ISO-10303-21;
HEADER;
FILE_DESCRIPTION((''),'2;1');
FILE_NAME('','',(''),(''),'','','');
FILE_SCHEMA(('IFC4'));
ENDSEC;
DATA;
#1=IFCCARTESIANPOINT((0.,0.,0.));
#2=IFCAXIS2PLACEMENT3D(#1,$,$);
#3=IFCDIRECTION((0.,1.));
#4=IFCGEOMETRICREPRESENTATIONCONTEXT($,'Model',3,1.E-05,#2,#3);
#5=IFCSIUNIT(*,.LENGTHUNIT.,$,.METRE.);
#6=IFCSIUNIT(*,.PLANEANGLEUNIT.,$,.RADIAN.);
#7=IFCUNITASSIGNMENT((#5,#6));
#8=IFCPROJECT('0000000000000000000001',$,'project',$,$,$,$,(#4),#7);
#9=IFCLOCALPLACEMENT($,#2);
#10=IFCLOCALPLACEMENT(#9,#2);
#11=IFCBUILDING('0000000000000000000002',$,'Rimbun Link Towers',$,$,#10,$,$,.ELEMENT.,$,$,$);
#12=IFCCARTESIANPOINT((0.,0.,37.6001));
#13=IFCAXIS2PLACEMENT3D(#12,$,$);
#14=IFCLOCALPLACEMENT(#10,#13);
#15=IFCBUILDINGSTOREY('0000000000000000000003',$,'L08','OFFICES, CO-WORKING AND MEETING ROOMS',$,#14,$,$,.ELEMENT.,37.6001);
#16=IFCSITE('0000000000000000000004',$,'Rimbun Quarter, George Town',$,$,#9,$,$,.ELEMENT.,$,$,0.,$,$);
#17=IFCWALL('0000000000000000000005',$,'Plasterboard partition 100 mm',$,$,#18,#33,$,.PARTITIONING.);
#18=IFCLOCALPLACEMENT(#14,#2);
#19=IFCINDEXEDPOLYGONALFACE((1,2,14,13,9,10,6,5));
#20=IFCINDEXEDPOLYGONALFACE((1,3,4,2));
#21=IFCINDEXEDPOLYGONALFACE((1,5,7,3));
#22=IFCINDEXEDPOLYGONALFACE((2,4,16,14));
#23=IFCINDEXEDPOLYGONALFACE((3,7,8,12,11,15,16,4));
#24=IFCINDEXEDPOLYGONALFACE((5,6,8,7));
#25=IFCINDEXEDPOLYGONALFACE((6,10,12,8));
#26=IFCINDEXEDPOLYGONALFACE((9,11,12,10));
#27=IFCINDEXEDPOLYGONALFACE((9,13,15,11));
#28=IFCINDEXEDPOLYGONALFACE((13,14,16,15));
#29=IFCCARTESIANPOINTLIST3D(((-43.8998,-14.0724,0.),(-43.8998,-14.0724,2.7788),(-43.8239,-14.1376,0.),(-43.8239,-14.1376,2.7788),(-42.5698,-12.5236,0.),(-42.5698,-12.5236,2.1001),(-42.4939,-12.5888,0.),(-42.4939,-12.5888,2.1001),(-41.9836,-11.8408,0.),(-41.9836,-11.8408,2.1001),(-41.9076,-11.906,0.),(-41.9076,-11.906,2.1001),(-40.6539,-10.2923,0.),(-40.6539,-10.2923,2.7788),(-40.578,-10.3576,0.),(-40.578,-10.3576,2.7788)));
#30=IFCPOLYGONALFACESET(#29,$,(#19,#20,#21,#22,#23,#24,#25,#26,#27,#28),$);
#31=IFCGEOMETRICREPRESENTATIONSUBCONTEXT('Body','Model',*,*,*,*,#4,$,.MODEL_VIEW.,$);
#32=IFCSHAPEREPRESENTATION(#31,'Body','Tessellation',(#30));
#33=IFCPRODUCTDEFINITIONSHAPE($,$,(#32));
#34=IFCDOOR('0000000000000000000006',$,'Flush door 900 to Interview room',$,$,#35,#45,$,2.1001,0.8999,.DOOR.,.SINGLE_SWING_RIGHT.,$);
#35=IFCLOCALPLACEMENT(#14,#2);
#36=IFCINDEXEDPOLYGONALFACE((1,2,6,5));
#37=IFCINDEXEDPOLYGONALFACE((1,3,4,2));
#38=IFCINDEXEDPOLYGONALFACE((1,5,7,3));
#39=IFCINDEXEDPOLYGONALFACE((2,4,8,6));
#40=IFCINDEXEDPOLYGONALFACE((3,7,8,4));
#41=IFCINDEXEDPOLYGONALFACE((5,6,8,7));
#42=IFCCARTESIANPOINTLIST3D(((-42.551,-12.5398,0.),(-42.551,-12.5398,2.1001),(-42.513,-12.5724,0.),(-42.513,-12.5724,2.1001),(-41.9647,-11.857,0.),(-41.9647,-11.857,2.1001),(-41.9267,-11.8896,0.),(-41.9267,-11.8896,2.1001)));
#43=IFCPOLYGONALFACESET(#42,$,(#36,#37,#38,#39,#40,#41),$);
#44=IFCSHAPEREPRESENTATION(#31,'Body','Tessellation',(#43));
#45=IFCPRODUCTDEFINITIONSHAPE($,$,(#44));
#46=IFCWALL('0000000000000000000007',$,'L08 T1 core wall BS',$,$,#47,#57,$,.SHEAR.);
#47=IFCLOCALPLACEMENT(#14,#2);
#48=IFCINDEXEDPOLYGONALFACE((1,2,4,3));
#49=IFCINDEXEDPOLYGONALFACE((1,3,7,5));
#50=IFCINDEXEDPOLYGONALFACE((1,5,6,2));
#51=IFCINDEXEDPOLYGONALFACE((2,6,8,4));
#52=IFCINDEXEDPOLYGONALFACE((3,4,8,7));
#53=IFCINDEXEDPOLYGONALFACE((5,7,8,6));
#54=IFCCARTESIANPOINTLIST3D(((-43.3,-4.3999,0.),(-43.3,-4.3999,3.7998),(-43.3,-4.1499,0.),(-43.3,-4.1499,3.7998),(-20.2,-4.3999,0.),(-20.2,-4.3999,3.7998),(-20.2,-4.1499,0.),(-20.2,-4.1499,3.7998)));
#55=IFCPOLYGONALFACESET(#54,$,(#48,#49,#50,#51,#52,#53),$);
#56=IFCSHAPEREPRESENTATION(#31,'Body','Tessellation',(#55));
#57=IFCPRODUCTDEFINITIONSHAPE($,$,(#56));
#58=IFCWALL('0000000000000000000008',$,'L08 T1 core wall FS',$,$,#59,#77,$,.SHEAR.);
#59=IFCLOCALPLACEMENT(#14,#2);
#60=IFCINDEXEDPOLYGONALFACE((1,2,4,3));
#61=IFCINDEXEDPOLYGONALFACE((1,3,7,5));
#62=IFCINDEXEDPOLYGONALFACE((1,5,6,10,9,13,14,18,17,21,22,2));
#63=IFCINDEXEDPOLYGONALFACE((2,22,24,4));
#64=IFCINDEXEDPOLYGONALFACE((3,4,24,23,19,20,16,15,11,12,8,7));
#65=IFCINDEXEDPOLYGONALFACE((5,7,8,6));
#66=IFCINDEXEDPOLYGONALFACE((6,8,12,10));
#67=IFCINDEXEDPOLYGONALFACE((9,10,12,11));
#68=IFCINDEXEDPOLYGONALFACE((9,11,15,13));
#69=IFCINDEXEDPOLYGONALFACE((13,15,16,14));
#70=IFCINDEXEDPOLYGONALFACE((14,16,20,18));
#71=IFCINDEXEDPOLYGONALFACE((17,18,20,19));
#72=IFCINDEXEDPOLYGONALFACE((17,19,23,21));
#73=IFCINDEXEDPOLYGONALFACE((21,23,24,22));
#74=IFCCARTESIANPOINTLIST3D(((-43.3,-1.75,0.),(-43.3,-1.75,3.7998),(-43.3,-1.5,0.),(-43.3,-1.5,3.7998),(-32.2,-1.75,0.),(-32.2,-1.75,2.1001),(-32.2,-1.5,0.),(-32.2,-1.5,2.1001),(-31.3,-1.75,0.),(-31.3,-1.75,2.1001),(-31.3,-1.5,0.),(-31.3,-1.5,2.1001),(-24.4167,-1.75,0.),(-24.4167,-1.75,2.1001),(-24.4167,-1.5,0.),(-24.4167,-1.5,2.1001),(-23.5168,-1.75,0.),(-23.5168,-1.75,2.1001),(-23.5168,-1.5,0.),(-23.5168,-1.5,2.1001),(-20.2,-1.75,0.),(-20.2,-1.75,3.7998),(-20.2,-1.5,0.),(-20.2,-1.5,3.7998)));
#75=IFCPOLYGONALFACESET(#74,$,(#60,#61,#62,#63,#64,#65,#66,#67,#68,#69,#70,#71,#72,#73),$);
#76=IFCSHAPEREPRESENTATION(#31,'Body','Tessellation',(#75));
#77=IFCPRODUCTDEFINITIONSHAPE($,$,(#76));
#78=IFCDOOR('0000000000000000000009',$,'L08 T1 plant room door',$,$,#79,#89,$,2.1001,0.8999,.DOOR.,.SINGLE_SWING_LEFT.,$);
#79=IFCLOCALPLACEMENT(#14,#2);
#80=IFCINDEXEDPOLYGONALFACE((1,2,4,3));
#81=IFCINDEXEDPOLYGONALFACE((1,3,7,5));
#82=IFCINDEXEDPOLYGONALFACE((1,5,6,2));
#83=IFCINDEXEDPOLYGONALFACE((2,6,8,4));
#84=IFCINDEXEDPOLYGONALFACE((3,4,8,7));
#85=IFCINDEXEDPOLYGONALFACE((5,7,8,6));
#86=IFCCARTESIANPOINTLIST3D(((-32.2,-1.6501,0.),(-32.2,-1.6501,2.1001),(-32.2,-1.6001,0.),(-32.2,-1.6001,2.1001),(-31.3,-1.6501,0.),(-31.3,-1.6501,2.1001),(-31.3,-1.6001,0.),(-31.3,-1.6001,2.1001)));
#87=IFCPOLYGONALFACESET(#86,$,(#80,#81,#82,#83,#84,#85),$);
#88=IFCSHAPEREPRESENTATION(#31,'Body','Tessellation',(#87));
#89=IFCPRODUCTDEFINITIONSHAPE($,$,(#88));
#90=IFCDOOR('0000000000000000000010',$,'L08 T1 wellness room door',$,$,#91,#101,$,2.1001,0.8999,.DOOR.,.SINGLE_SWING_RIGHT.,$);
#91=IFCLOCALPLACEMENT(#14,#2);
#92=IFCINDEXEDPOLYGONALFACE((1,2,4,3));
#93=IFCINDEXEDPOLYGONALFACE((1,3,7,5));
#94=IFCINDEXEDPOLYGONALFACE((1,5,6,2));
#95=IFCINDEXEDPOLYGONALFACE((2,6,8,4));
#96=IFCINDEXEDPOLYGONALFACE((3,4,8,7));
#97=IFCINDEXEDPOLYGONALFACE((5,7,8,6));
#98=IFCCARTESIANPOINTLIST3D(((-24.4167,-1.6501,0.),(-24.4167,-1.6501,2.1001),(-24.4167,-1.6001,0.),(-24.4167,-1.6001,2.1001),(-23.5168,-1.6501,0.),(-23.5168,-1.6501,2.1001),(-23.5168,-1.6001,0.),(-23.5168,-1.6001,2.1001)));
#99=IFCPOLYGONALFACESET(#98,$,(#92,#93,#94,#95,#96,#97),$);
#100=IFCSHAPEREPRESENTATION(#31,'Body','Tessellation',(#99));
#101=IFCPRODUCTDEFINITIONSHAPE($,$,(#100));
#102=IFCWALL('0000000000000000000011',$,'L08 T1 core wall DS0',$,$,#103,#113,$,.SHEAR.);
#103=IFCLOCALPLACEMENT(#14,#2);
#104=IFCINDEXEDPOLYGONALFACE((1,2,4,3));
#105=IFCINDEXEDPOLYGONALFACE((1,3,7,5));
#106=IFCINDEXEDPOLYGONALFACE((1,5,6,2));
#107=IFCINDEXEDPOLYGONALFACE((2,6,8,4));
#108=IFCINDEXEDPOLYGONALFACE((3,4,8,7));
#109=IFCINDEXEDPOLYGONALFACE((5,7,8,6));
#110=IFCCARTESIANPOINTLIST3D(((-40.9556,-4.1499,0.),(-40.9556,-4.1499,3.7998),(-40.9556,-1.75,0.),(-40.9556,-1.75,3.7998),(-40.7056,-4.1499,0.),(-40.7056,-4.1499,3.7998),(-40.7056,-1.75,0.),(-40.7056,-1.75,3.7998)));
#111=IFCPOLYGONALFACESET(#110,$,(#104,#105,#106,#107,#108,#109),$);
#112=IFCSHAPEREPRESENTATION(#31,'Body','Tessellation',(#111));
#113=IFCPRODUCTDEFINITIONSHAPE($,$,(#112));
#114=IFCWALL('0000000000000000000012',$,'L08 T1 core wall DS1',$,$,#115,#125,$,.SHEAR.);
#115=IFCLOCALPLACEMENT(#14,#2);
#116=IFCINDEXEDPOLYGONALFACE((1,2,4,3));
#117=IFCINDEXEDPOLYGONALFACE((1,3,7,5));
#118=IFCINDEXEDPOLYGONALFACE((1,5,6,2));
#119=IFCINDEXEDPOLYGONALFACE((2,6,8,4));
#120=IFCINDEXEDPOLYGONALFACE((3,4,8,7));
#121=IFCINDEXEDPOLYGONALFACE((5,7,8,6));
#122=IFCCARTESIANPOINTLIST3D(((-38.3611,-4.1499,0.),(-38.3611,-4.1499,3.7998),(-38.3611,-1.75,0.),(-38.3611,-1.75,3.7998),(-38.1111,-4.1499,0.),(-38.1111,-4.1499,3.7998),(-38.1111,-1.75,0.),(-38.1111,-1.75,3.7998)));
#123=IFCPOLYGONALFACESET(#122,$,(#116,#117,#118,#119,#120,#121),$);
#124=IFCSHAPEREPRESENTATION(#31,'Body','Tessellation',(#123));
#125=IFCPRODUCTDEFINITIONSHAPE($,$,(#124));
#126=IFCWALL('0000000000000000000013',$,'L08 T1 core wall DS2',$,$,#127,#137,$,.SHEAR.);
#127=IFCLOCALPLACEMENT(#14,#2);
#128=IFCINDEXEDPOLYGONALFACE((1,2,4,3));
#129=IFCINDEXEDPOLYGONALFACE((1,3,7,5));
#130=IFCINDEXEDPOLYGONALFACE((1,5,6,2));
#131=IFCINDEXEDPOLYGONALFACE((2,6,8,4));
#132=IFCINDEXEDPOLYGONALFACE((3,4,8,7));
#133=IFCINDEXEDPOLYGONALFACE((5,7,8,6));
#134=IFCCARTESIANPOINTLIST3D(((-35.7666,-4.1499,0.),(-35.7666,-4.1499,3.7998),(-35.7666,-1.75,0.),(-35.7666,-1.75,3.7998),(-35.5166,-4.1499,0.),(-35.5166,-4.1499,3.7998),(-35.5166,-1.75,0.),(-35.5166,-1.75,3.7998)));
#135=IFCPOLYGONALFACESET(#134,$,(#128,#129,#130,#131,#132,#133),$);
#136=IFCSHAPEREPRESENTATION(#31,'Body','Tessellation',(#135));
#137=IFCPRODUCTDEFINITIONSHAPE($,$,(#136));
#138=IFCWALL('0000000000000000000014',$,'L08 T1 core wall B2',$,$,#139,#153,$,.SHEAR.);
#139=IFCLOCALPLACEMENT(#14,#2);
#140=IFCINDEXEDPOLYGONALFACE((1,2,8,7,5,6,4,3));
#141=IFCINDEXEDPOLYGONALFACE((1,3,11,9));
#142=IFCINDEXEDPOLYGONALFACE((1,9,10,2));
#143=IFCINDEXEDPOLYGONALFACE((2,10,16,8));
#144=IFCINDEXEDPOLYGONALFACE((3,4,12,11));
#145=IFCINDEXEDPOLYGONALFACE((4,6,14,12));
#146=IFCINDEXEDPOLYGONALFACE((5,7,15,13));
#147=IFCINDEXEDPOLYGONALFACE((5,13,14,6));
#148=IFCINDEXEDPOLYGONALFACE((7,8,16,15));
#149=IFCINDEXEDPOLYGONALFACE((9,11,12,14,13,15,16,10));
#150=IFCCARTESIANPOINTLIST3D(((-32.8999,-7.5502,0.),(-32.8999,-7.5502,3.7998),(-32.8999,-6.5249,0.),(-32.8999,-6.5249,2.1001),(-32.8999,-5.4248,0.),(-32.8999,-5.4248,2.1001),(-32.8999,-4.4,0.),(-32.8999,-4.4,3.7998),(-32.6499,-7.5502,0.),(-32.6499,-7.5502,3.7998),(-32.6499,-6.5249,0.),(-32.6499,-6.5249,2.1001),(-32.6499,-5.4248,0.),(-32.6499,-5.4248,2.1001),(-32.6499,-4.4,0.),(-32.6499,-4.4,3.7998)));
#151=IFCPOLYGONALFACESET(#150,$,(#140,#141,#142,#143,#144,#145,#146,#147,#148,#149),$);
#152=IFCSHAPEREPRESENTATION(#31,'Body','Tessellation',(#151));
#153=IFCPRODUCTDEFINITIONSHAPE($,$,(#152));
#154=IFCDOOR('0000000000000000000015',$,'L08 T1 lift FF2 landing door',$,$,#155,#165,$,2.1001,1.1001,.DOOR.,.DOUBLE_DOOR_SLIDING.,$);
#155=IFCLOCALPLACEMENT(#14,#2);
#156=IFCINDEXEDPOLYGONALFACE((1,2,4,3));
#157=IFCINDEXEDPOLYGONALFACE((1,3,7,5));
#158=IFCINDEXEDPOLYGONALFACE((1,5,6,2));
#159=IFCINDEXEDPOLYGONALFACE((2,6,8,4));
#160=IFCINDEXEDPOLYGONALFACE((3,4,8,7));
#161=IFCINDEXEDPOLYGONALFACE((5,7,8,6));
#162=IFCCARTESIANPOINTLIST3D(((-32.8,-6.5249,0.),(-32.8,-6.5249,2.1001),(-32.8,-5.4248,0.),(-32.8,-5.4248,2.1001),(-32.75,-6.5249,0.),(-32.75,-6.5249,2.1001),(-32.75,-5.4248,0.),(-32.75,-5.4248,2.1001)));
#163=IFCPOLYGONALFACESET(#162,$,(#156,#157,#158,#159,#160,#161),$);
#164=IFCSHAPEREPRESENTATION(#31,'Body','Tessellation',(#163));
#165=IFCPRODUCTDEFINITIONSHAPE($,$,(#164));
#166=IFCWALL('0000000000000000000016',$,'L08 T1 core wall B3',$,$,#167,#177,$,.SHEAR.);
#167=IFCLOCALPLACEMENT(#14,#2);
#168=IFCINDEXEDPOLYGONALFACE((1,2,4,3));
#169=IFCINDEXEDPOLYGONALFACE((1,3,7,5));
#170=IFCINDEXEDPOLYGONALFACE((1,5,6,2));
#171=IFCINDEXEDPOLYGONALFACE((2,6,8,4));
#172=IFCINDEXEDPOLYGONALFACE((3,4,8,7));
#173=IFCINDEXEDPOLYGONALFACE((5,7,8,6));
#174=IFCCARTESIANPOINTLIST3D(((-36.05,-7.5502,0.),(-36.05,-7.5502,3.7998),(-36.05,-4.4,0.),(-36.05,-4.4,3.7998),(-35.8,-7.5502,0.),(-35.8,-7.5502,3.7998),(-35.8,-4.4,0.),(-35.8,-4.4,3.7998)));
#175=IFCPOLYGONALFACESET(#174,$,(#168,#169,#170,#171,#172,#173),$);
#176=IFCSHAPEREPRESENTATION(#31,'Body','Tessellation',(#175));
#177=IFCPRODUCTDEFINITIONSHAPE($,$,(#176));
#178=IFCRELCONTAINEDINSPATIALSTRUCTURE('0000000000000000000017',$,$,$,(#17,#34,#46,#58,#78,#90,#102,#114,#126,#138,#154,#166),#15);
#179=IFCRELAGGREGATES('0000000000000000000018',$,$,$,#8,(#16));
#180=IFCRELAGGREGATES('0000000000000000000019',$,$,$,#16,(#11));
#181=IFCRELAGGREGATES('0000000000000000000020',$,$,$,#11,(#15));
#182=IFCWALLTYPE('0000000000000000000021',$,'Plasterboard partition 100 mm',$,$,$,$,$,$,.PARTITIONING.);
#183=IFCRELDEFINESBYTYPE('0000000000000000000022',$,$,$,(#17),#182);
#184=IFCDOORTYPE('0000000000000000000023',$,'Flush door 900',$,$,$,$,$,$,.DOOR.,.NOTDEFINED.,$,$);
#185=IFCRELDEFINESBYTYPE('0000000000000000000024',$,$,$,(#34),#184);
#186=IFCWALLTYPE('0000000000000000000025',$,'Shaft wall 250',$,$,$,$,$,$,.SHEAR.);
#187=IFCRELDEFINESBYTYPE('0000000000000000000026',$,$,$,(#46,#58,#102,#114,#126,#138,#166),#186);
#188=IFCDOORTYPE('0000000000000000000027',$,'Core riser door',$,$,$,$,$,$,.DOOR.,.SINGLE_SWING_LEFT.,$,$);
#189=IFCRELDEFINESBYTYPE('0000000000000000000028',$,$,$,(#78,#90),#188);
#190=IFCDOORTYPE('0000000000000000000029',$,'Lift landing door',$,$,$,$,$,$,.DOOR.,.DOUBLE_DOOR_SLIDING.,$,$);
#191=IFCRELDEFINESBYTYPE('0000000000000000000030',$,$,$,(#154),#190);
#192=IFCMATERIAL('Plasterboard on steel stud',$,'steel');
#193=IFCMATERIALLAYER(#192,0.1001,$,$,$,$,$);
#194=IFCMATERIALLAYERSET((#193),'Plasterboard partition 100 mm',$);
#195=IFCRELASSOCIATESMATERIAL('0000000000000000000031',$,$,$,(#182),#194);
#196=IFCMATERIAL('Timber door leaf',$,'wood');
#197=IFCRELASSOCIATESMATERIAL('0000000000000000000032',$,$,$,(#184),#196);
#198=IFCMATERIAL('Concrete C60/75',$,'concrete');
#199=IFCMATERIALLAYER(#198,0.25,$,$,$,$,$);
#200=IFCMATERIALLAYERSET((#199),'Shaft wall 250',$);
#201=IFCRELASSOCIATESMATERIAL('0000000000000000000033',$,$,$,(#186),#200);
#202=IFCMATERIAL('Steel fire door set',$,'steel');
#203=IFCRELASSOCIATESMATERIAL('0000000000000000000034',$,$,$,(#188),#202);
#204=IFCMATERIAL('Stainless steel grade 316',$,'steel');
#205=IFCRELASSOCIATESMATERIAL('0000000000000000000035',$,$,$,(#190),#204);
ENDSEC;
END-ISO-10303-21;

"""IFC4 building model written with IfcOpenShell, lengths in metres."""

from ifc_helpers import new_model, si_unit, direction, frame, frame_2d, origin, place, context, subcontext, project, spatial, rectangle, extrude, material, layer, layer_set, type_object, element, fill, save


model = new_model("IFC4")

# Units and contexts
model_context = context("Model", 3, precision=1e-05, world=origin(), true_north=direction((0.0, 1.0)))
body_context = subcontext(model_context, "Body", "Model", "MODEL_VIEW")
ifc_project = project(units=[si_unit("LENGTHUNIT", "METRE"), si_unit("PLANEANGLEUNIT", "RADIAN")], contexts=[model_context])

# Site, building, storey
site_placement = place(None, origin())
site = spatial("IfcSite", under=ifc_project, at=site_placement, Name="Rimbun Quarter, George Town", CompositionType="ELEMENT", RefElevation=0.0)
building_placement = place(site_placement, origin())
building = spatial("IfcBuilding", under=site, at=building_placement, Name="Rimbun Link Towers", CompositionType="ELEMENT")
storey_placement = place(building_placement, frame((0.0, 0.0, 37.6001)))
storey = spatial("IfcBuildingStorey", under=building, at=storey_placement, Name="L08", Description="OFFICES, CO-WORKING AND MEETING ROOMS", CompositionType="ELEMENT", Elevation=37.6001)

# Wall, opening, door
ifc_material_1 = material(Name="Plasterboard on steel stud", Category="steel")
ifc_layer_1 = layer(ifc_material_1, 0.1001)
ifc_layer_set_1 = layer_set([ifc_layer_1], Name="Plasterboard partition 100 mm")
wall_type_1 = type_object("IfcWallType", Name="Plasterboard partition 100 mm", PredefinedType="PARTITIONING", material=ifc_layer_set_1)
wall_1_placement = place(storey_placement, frame((-40.616, -10.325, 0.0), z_axis=(0.0, 0.0, 1.0), x_axis=(-0.651465, -0.758679, 0.0)))
wall_1 = element("IfcWall", 1, at=wall_1_placement, inside=storey, type_object=wall_type_1, Name="Plasterboard partition 100 mm", PredefinedType="PARTITIONING", context=body_context, shape_type="SweptSolid", body=[
    extrude(rectangle(XDim=4.9824, YDim=0.1001, at=frame_2d((2.4912, 0.0))), origin(), (0.0, 0.0, 1.0), 2.7788),
])
opening_1_placement = place(wall_1_placement, frame((2.041, 0.0, 0.0)))
opening_1 = element("IfcOpeningElement", 2, at=opening_1_placement, cuts=wall_1, PredefinedType="OPENING", context=body_context, shape_type="SweptSolid", body=[
    extrude(rectangle(XDim=0.8999, YDim=2.1001, at=frame_2d((0.45, 1.05))), frame((0.0, 0.0601, 0.0), z_axis=(0.0, -1.0, 0.0), x_axis=(1.0, 0.0, 0.0)), (0.0, 0.0, 1.0), 0.1201),
])
ifc_material_2 = material(Name="Timber door leaf", Category="wood")
door_type_1 = type_object("IfcDoorType", Name="Flush door 900", OperationType="NOTDEFINED", PredefinedType="DOOR", material=ifc_material_2)
door_1_placement = place(opening_1_placement, origin())
door_1 = element("IfcDoor", 3, at=door_1_placement, inside=storey, type_object=door_type_1, Name="Flush door 900 to Interview room", OperationType="SINGLE_SWING_RIGHT", OverallHeight=2.1001, OverallWidth=0.8999, PredefinedType="DOOR", context=body_context, shape_type="SweptSolid", body=[
    extrude(rectangle(XDim=0.8999, YDim=2.1001, at=frame_2d((0.45, 1.05))), frame((0.0, 0.0249, 0.0), z_axis=(0.0, -1.0, 0.0), x_axis=(1.0, 0.0, 0.0)), (0.0, 0.0, 1.0), 0.05),
])
fill(opening_1, door_1)

# Wall
ifc_material_3 = material(Name="Concrete C60/75", Category="concrete")
ifc_layer_2 = layer(ifc_material_3, 0.25)
ifc_layer_set_2 = layer_set([ifc_layer_2], Name="Shaft wall 250")
wall_type_2 = type_object("IfcWallType", Name="Shaft wall 250", PredefinedType="SHEAR", material=ifc_layer_set_2)
wall_2_placement = place(storey_placement, frame((-43.3, -4.2749, 0.0), z_axis=(0.0, 0.0, 1.0), x_axis=(1.0, 0.0, 0.0)))
element("IfcWall", 4, at=wall_2_placement, inside=storey, type_object=wall_type_2, Name="L08 T1 core wall BS", PredefinedType="SHEAR", context=body_context, shape_type="SweptSolid", body=[
    extrude(rectangle(XDim=23.1001, YDim=0.25, at=frame_2d((11.55, 0.0))), origin(), (0.0, 0.0, 1.0), 3.7998),
])

# Wall, openings, doors
wall_3_placement = place(storey_placement, frame((-43.3, -1.625, 0.0), z_axis=(0.0, 0.0, 1.0), x_axis=(1.0, 0.0, 0.0)))
wall_3 = element("IfcWall", 5, at=wall_3_placement, inside=storey, type_object=wall_type_2, Name="L08 T1 core wall FS", PredefinedType="SHEAR", context=body_context, shape_type="SweptSolid", body=[
    extrude(rectangle(XDim=23.1001, YDim=0.25, at=frame_2d((11.55, 0.0))), origin(), (0.0, 0.0, 1.0), 3.7998),
])
opening_2_placement = place(wall_3_placement, frame((11.1001, 0.0, 0.0)))
opening_2 = element("IfcOpeningElement", 6, at=opening_2_placement, cuts=wall_3, PredefinedType="OPENING", context=body_context, shape_type="SweptSolid", body=[
    extrude(rectangle(XDim=0.8999, YDim=2.1001, at=frame_2d((0.45, 1.05))), frame((0.0, 0.135, 0.0), z_axis=(0.0, -1.0, 0.0), x_axis=(1.0, 0.0, 0.0)), (0.0, 0.0, 1.0), 0.27),
])
opening_3_placement = place(wall_3_placement, frame((18.8833, 0.0, 0.0)))
opening_3 = element("IfcOpeningElement", 7, at=opening_3_placement, cuts=wall_3, PredefinedType="OPENING", context=body_context, shape_type="SweptSolid", body=[
    extrude(rectangle(XDim=0.8999, YDim=2.1001, at=frame_2d((0.45, 1.05))), frame((0.0, 0.135, 0.0), z_axis=(0.0, -1.0, 0.0), x_axis=(1.0, 0.0, 0.0)), (0.0, 0.0, 1.0), 0.27),
])
ifc_material_4 = material(Name="Steel fire door set", Category="steel")
door_type_2 = type_object("IfcDoorType", Name="Core riser door", OperationType="SINGLE_SWING_LEFT", PredefinedType="DOOR", material=ifc_material_4)
door_2_placement = place(opening_2_placement, origin())
door_2 = element("IfcDoor", 8, at=door_2_placement, inside=storey, type_object=door_type_2, Name="L08 T1 plant room door", OperationType="SINGLE_SWING_LEFT", OverallHeight=2.1001, OverallWidth=0.8999, PredefinedType="DOOR", context=body_context, shape_type="SweptSolid", body=[
    extrude(rectangle(XDim=0.8999, YDim=2.1001, at=frame_2d((0.45, 1.05))), frame((0.0, 0.0249, 0.0), z_axis=(0.0, -1.0, 0.0), x_axis=(1.0, 0.0, 0.0)), (0.0, 0.0, 1.0), 0.05),
])
fill(opening_2, door_2)
door_3_placement = place(opening_3_placement, origin())
door_3 = element("IfcDoor", 9, at=door_3_placement, inside=storey, type_object=door_type_2, Name="L08 T1 wellness room door", OperationType="SINGLE_SWING_RIGHT", OverallHeight=2.1001, OverallWidth=0.8999, PredefinedType="DOOR", context=body_context, shape_type="SweptSolid", body=[
    extrude(rectangle(XDim=0.8999, YDim=2.1001, at=frame_2d((0.45, 1.05))), frame((0.0, 0.0249, 0.0), z_axis=(0.0, -1.0, 0.0), x_axis=(1.0, 0.0, 0.0)), (0.0, 0.0, 1.0), 0.05),
])
fill(opening_3, door_3)

# Walls
for number, where, z_axis, x_axis, name in (
    (10, (-40.8306, -4.1499, 0.0), (0.0, 0.0, 1.0), (0.0, 1.0, 0.0), "L08 T1 core wall DS0"),
    (11, (-38.2361, -4.1499, 0.0), (0.0, 0.0, 1.0), (0.0, 1.0, 0.0), "L08 T1 core wall DS1"),
    (12, (-35.6416, -4.1499, 0.0), (0.0, 0.0, 1.0), (0.0, 1.0, 0.0), "L08 T1 core wall DS2"),
):
    element("IfcWall", number, at=place(storey_placement, frame(where, z_axis=z_axis, x_axis=x_axis)), inside=storey, type_object=wall_type_2, Name=name, PredefinedType="SHEAR", context=body_context, shape_type="SweptSolid", body=[
        extrude(rectangle(XDim=2.3999, YDim=0.25, at=frame_2d((1.2, 0.0))), origin(), (0.0, 0.0, 1.0), 3.7998),
    ])

# Wall, opening, door
wall_4_placement = place(storey_placement, frame((-32.7749, -4.3999, 0.0), z_axis=(0.0, 0.0, 1.0), x_axis=(0.0, -1.0, 0.0)))
wall_4 = element("IfcWall", 13, at=wall_4_placement, inside=storey, type_object=wall_type_2, Name="L08 T1 core wall B2", PredefinedType="SHEAR", context=body_context, shape_type="SweptSolid", body=[
    extrude(rectangle(XDim=3.1501, YDim=0.25, at=frame_2d((1.5752, 0.0))), origin(), (0.0, 0.0, 1.0), 3.7998),
])
opening_4_placement = place(wall_4_placement, frame((1.0249, 0.0, 0.0)))
opening_4 = element("IfcOpeningElement", 14, at=opening_4_placement, cuts=wall_4, PredefinedType="OPENING", context=body_context, shape_type="SweptSolid", body=[
    extrude(rectangle(XDim=1.1001, YDim=2.1001, at=frame_2d((0.55, 1.05))), frame((0.0, 0.135, 0.0), z_axis=(0.0, -1.0, 0.0), x_axis=(1.0, 0.0, 0.0)), (0.0, 0.0, 1.0), 0.27),
])
ifc_material_5 = material(Name="Stainless steel grade 316", Category="steel")
door_type_3 = type_object("IfcDoorType", Name="Lift landing door", OperationType="DOUBLE_DOOR_SLIDING", PredefinedType="DOOR", material=ifc_material_5)
door_4_placement = place(opening_4_placement, origin())
door_4 = element("IfcDoor", 15, at=door_4_placement, inside=storey, type_object=door_type_3, Name="L08 T1 lift FF2 landing door", OperationType="DOUBLE_DOOR_SLIDING", OverallHeight=2.1001, OverallWidth=1.1001, PredefinedType="DOOR", context=body_context, shape_type="SweptSolid", body=[
    extrude(rectangle(XDim=1.1001, YDim=2.1001, at=frame_2d((0.55, 1.05))), frame((0.0, 0.0249, 0.0), z_axis=(0.0, -1.0, 0.0), x_axis=(1.0, 0.0, 0.0)), (0.0, 0.0, 1.0), 0.05),
])
fill(opening_4, door_4)

# Wall
wall_5_placement = place(storey_placement, frame((-35.925, -4.3999, 0.0), z_axis=(0.0, 0.0, 1.0), x_axis=(0.0, -1.0, 0.0)))
element("IfcWall", 16, at=wall_5_placement, inside=storey, type_object=wall_type_2, Name="L08 T1 core wall B3", PredefinedType="SHEAR", context=body_context, shape_type="SweptSolid", body=[
    extrude(rectangle(XDim=3.1501, YDim=0.25, at=frame_2d((1.5752, 0.0))), origin(), (0.0, 0.0, 1.0), 3.7998),
])

save(model, "model.ifc")
